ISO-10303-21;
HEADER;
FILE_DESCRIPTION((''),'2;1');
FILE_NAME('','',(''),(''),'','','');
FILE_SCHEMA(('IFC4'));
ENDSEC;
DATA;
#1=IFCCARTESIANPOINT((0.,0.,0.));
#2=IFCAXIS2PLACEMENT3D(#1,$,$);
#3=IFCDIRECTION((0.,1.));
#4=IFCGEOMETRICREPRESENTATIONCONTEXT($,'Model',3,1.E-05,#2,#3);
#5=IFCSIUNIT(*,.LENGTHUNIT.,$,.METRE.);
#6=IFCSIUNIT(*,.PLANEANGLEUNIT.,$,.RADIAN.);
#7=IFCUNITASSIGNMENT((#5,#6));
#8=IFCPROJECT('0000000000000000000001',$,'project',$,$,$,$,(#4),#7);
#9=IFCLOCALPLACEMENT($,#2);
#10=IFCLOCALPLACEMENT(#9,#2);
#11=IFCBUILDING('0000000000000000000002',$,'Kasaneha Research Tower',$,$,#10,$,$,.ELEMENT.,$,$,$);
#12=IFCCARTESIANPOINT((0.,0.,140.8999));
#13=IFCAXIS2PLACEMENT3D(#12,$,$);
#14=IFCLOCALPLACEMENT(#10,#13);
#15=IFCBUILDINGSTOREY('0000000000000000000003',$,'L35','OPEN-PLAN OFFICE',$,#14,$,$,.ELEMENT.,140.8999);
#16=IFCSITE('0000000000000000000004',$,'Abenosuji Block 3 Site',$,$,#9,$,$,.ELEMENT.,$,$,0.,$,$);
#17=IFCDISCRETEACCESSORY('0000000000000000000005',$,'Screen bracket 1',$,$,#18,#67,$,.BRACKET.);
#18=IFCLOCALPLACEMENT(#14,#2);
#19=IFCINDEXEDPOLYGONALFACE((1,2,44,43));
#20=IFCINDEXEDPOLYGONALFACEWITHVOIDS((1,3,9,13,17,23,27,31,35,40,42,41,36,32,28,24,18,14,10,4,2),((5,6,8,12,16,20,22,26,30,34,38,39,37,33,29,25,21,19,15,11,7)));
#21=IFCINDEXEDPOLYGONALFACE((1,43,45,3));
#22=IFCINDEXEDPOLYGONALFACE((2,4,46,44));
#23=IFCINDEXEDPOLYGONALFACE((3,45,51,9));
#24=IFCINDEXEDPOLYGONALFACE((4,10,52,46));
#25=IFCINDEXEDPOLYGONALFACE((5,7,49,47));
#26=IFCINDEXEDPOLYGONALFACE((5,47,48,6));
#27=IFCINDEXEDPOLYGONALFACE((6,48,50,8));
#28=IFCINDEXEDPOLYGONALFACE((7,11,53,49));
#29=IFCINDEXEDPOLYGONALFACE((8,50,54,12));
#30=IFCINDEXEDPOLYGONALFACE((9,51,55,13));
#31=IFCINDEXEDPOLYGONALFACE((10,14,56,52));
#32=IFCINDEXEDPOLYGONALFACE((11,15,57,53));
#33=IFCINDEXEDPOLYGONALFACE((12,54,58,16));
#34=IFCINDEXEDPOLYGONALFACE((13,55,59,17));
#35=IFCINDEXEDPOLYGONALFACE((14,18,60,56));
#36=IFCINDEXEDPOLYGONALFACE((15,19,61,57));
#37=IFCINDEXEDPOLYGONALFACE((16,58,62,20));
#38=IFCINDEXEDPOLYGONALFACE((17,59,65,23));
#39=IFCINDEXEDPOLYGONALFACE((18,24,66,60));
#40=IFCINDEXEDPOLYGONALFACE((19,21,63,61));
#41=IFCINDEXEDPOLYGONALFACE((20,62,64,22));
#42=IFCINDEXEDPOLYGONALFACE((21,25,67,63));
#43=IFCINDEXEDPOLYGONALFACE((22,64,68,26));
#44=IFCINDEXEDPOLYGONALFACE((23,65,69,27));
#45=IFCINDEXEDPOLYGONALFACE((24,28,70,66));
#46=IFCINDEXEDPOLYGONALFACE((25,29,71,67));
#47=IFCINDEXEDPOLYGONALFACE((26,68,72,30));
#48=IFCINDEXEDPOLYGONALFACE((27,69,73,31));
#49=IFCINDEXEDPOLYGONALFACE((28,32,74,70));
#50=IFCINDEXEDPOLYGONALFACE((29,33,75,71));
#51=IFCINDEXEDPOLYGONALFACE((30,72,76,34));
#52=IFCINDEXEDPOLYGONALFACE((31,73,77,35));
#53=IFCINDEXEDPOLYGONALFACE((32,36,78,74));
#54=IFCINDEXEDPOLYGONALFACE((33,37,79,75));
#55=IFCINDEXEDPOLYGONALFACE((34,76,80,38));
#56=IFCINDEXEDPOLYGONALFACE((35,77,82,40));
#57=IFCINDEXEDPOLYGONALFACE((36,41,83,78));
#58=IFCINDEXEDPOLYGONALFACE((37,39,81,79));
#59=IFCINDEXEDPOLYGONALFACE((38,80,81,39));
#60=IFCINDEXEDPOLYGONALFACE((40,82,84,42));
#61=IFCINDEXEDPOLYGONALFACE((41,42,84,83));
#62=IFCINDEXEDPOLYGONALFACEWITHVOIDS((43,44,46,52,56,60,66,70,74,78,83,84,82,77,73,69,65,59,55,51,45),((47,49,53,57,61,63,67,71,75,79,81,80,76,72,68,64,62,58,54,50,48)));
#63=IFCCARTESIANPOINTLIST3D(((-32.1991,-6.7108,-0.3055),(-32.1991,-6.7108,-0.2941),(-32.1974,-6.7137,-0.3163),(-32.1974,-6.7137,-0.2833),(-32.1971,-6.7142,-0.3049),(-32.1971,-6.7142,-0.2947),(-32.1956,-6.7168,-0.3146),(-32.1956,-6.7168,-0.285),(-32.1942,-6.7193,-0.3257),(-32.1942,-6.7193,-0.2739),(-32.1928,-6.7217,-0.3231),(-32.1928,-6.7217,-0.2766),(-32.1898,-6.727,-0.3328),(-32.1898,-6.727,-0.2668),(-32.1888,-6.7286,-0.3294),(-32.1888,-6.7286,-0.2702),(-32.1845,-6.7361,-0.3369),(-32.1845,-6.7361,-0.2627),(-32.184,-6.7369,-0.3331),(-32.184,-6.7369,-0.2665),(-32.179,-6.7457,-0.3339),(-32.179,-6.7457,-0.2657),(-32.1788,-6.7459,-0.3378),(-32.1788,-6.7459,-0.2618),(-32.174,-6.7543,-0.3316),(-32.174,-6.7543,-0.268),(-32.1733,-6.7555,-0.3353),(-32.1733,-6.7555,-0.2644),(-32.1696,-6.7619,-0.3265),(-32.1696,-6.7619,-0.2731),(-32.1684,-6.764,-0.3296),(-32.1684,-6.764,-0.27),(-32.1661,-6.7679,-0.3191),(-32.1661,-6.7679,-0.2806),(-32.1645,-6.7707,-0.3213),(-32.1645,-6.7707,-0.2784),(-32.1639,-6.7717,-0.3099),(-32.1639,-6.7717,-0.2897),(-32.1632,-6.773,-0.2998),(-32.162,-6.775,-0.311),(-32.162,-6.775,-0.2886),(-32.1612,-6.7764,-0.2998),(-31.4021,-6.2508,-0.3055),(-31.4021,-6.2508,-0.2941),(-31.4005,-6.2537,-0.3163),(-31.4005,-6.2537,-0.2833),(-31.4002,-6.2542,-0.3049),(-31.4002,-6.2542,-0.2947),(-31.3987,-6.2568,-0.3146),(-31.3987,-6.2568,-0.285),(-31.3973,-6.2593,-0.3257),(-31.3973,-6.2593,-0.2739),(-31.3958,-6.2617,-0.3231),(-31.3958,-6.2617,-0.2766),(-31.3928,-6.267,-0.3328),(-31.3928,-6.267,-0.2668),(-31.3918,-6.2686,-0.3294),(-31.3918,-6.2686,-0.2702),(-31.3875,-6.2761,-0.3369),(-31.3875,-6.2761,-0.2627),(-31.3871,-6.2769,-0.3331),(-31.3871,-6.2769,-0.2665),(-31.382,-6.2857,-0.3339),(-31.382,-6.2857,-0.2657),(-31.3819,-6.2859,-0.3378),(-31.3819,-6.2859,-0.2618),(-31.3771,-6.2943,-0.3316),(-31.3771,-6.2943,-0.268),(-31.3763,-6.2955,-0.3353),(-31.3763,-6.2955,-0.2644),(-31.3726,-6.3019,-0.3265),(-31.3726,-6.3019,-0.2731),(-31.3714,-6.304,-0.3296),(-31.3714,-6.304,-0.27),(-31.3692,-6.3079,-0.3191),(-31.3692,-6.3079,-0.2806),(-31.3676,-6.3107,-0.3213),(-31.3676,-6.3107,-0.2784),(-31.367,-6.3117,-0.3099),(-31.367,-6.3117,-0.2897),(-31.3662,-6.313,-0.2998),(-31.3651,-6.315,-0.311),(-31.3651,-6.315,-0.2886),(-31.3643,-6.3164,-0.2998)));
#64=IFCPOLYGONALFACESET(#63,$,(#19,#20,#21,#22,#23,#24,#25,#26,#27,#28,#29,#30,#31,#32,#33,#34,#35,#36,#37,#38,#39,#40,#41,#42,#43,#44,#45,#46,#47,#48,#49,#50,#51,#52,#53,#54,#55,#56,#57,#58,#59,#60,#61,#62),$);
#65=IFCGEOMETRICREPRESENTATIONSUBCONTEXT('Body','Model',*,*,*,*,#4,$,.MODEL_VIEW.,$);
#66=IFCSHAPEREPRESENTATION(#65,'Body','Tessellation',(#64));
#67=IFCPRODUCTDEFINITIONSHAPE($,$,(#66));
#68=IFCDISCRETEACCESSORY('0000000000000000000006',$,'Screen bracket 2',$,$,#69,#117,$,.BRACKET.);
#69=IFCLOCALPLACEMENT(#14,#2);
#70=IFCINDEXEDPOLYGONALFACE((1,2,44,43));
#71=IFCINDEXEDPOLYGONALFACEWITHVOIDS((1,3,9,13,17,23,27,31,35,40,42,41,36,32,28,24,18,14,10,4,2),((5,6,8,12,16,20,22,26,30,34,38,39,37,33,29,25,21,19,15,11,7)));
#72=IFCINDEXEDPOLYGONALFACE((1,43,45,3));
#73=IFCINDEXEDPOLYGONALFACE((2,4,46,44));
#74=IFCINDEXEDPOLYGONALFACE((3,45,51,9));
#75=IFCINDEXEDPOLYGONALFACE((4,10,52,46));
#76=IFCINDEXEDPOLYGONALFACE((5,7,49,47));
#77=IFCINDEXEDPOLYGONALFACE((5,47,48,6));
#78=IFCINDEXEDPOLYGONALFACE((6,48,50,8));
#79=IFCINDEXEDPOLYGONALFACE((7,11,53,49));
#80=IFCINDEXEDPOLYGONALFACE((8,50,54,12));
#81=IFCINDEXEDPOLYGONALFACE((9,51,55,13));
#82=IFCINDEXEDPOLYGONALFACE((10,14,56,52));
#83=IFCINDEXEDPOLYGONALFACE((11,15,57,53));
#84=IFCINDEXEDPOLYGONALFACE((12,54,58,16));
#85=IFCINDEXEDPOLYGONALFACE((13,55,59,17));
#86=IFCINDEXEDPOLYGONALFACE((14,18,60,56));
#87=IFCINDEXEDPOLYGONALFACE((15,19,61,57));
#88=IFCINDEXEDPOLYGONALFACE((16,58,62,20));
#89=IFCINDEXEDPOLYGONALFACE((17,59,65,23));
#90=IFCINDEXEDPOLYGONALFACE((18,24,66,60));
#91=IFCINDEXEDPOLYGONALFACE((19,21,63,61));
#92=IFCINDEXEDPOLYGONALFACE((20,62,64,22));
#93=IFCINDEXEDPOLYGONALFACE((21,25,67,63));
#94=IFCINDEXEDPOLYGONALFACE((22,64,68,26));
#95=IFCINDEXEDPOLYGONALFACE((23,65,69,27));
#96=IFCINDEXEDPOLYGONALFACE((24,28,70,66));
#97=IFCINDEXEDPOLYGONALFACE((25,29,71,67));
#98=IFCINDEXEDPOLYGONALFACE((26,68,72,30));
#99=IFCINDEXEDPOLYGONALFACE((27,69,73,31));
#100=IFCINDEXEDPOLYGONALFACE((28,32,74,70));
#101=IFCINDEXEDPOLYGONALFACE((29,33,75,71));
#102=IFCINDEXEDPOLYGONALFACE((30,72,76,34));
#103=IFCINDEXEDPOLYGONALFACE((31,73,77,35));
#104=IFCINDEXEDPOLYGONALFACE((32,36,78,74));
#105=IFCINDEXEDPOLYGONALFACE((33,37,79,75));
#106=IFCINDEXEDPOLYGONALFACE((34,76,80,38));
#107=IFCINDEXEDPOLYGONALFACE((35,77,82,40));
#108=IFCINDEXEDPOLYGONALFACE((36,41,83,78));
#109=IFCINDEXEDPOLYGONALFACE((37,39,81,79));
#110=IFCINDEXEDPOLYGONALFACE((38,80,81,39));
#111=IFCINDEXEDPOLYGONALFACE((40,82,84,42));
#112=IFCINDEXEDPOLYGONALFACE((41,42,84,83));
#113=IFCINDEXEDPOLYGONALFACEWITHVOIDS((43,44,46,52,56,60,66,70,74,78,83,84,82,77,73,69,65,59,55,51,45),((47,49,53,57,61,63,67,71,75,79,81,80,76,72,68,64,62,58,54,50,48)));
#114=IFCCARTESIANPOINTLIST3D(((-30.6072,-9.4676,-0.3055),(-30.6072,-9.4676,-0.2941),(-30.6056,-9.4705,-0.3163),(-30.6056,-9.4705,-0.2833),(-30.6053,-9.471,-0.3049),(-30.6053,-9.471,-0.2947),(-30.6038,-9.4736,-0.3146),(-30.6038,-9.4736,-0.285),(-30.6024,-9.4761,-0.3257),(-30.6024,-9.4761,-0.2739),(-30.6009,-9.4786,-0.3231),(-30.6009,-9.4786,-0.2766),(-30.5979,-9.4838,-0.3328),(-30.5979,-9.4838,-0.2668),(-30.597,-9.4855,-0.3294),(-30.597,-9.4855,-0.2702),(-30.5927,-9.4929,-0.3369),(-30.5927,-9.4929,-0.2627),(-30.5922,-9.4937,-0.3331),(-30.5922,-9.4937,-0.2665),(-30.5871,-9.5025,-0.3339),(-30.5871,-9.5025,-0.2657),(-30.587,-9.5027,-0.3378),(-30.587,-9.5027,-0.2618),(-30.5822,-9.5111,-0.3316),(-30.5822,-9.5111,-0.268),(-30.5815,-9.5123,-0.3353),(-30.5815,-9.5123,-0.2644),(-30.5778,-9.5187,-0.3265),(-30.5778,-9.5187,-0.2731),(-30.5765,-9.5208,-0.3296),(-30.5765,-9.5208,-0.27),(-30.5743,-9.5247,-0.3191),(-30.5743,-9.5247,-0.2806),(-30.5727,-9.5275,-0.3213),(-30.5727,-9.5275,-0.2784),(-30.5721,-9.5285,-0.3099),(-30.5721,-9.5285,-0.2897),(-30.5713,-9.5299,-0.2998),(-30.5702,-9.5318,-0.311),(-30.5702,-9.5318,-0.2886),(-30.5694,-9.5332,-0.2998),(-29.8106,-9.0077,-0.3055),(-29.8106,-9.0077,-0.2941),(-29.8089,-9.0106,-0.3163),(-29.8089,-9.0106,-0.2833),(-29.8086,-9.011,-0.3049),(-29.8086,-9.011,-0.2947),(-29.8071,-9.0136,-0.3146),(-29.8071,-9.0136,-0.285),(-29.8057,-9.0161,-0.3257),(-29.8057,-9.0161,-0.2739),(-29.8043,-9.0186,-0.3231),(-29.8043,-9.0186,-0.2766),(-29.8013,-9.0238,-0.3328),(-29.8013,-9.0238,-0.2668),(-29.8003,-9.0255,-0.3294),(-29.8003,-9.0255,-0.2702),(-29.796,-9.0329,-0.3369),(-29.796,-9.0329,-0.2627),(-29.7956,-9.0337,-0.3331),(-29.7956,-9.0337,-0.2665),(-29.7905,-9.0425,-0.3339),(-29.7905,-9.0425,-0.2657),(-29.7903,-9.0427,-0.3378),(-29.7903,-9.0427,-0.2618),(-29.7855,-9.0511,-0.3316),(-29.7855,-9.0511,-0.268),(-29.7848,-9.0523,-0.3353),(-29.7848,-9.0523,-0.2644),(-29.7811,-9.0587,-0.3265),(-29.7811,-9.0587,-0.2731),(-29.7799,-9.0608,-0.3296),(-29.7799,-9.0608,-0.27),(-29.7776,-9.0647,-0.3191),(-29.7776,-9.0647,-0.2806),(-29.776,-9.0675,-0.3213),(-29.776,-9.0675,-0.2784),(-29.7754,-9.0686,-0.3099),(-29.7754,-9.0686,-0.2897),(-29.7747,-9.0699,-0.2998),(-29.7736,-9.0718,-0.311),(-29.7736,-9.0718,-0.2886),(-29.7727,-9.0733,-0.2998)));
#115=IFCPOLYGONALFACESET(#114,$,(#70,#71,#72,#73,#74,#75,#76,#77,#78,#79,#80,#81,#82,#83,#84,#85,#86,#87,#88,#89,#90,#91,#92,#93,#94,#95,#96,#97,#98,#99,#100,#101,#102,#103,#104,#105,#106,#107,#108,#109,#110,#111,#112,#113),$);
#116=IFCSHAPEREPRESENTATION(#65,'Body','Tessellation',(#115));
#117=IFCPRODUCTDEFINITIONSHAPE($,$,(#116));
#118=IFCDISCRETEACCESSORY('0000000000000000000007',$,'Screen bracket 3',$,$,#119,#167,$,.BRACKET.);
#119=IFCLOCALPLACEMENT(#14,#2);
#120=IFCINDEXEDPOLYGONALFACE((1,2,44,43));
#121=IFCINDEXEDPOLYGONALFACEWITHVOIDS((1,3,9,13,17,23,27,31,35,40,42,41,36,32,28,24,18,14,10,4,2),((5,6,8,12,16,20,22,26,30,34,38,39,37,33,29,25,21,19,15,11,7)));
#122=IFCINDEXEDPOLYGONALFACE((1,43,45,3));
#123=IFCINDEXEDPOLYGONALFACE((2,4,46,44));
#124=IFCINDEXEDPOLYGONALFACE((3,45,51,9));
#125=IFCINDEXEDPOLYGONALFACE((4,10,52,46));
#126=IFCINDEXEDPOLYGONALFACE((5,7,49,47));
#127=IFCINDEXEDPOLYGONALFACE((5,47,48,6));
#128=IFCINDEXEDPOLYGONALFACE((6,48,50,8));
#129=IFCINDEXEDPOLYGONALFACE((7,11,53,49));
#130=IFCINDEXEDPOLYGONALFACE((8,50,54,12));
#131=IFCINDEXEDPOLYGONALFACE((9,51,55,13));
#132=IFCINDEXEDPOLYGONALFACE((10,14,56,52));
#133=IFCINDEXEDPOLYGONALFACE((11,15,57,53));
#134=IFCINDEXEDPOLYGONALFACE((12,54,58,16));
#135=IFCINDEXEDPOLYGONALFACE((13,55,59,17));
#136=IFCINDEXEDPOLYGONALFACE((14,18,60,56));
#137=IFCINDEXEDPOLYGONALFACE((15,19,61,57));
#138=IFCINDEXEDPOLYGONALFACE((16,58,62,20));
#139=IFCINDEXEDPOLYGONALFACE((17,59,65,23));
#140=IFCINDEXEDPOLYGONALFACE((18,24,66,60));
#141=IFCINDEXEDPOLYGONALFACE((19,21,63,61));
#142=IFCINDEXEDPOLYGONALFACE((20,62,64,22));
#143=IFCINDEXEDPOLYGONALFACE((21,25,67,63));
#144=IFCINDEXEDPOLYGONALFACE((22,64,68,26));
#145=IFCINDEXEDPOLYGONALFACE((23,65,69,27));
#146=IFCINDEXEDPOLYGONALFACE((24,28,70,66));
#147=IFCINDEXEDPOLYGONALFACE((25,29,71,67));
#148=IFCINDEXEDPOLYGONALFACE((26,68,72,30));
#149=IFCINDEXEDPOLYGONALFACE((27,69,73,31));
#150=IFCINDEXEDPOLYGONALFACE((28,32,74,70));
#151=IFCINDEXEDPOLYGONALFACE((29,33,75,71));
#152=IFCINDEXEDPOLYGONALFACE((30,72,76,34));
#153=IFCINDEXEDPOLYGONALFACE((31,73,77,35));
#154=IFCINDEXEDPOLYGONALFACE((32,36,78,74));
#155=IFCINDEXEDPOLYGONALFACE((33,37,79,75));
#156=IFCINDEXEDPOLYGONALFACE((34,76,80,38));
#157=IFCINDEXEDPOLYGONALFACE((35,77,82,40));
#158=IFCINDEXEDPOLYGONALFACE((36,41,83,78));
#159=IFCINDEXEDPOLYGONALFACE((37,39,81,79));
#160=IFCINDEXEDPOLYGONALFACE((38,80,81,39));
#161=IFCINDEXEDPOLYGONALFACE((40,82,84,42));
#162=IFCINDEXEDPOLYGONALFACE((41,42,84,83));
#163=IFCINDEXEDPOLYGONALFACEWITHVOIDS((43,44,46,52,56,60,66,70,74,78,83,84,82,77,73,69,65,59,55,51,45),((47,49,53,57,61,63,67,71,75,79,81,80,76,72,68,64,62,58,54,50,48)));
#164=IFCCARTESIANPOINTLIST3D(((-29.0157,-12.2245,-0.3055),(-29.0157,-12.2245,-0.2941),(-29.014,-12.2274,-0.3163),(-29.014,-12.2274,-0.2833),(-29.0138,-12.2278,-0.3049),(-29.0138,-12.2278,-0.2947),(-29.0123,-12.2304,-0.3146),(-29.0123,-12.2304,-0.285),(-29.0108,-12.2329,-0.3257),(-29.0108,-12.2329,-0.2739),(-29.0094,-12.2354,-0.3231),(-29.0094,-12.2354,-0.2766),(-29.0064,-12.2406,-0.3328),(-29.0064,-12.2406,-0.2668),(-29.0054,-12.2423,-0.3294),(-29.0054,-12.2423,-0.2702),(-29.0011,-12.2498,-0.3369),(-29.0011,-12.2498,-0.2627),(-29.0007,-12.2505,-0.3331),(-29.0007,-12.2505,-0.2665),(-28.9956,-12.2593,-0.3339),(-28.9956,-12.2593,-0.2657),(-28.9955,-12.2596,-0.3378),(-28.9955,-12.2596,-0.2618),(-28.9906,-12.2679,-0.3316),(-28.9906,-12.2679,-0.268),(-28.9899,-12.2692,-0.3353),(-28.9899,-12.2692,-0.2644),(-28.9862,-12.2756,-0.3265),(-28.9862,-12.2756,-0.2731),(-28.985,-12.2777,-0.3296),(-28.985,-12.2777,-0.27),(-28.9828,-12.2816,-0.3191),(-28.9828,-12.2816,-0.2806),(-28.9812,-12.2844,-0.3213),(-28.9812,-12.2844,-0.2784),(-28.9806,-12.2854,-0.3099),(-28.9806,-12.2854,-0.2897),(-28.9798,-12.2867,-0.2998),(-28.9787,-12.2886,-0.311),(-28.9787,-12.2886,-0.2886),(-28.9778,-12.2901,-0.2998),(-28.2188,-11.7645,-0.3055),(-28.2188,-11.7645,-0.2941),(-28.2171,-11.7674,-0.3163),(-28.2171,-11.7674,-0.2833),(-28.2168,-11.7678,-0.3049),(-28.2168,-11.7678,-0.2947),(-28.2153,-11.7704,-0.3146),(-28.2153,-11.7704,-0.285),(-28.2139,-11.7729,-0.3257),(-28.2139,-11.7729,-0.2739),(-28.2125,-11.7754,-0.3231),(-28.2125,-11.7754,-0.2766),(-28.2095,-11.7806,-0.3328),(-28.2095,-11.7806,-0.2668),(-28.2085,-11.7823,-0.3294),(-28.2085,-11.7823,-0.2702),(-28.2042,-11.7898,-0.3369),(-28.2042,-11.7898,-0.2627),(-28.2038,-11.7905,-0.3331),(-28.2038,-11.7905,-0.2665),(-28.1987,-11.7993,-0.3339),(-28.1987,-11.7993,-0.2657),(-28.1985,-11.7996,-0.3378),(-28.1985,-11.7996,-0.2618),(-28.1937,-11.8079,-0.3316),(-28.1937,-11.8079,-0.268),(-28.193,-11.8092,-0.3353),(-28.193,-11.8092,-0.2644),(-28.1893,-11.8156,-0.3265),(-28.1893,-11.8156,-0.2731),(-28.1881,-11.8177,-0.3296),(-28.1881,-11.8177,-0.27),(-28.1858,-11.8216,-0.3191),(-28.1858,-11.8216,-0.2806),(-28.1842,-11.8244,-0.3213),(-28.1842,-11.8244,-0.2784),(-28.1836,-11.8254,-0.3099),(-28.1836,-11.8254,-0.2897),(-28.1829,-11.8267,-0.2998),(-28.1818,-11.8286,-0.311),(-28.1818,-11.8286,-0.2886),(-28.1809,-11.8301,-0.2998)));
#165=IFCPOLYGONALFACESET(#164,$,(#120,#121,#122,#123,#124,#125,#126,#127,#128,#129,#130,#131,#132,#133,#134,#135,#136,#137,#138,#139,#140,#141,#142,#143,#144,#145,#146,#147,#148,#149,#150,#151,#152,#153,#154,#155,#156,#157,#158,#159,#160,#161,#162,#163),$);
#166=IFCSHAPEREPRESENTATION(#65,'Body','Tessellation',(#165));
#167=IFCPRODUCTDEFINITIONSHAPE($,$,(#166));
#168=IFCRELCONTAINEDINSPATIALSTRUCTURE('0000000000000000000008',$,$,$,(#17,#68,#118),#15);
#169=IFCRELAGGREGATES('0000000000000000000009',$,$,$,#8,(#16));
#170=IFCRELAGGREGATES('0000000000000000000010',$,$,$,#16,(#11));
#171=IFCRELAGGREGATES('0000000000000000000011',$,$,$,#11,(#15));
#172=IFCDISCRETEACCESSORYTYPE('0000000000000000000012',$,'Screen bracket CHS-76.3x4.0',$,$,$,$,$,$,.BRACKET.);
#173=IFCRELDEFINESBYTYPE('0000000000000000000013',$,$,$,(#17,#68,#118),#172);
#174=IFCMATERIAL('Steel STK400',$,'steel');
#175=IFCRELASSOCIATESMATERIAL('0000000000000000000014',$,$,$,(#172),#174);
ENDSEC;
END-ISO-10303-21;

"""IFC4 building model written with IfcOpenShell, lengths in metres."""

from ifc_helpers import new_model, si_unit, direction, frame, origin, origin_2d, place, context, subcontext, project, spatial, hollow_circle, extrude, material, material_profile, profile_set, type_object, element, save


model = new_model("IFC4")

# Units and contexts
model_context = context("Model", 3, precision=1e-05, world=origin(), true_north=direction((0.0, 1.0)))
body_context = subcontext(model_context, "Body", "Model", "MODEL_VIEW")
ifc_project = project(units=[si_unit("LENGTHUNIT", "METRE"), si_unit("PLANEANGLEUNIT", "RADIAN")], contexts=[model_context])

# Site, building, storey
site_placement = place(None, origin())
site = spatial("IfcSite", under=ifc_project, at=site_placement, Name="Abenosuji Block 3 Site", CompositionType="ELEMENT", RefElevation=0.0)
building_placement = place(site_placement, origin())
building = spatial("IfcBuilding", under=site, at=building_placement, Name="Kasaneha Research Tower", CompositionType="ELEMENT")
storey_placement = place(building_placement, frame((0.0, 0.0, 140.8999)))
storey = spatial("IfcBuildingStorey", under=building, at=storey_placement, Name="L35", Description="OPEN-PLAN OFFICE", CompositionType="ELEMENT", Elevation=140.8999)

# Discrete accessories
ifc_material_1 = material(Name="Steel STK400", Category="steel")
ifc_material_profile_1 = material_profile(ifc_material_1, hollow_circle(Radius=0.0381, WallThickness=0.0039, at=origin_2d()), Name="CHS-76.3x4.0")
ifc_profile_set_1 = profile_set([ifc_material_profile_1], Name="Steel STK400")
discrete_accessory_type = type_object("IfcDiscreteAccessoryType", Name="Screen bracket CHS-76.3x4.0", PredefinedType="BRACKET", material=ifc_profile_set_1)
discrete_accessory_1_placement = place(storey_placement, frame((-31.3833, -6.2834, -0.2998), z_axis=(-0.86608, -0.499906, 0.0), x_axis=(0.499906, -0.86608, 0.0)))
element("IfcDiscreteAccessory", 1, at=discrete_accessory_1_placement, inside=storey, type_object=discrete_accessory_type, Name="Screen bracket 1", PredefinedType="BRACKET", context=body_context, shape_type="SweptSolid", body=[
    extrude(hollow_circle(Radius=0.0381, WallThickness=0.0039, at=origin_2d()), origin(), (0.0, 0.0, 1.0), 0.9202),
])
discrete_accessory_2_placement = place(storey_placement, frame((-29.7917, -9.0403, -0.2998), z_axis=(-0.866013, -0.500021, 0.0), x_axis=(0.500021, -0.866013, 0.0)))
element("IfcDiscreteAccessory", 2, at=discrete_accessory_2_placement, inside=storey, type_object=discrete_accessory_type, Name="Screen bracket 2", PredefinedType="BRACKET", context=body_context, shape_type="SweptSolid", body=[
    extrude(hollow_circle(Radius=0.0381, WallThickness=0.0039, at=origin_2d()), origin(), (0.0, 0.0, 1.0), 0.9199),
])
discrete_accessory_3_placement = place(storey_placement, frame((-28.2, -11.7971, -0.2998), z_axis=(-0.86608, -0.499906, 0.0), x_axis=(0.499906, -0.86608, 0.0)))
element("IfcDiscreteAccessory", 3, at=discrete_accessory_3_placement, inside=storey, type_object=discrete_accessory_type, Name="Screen bracket 3", PredefinedType="BRACKET", context=body_context, shape_type="SweptSolid", body=[
    extrude(hollow_circle(Radius=0.0381, WallThickness=0.0039, at=origin_2d()), origin(), (0.0, 0.0, 1.0), 0.9202),
])

save(model, "model.ifc")
